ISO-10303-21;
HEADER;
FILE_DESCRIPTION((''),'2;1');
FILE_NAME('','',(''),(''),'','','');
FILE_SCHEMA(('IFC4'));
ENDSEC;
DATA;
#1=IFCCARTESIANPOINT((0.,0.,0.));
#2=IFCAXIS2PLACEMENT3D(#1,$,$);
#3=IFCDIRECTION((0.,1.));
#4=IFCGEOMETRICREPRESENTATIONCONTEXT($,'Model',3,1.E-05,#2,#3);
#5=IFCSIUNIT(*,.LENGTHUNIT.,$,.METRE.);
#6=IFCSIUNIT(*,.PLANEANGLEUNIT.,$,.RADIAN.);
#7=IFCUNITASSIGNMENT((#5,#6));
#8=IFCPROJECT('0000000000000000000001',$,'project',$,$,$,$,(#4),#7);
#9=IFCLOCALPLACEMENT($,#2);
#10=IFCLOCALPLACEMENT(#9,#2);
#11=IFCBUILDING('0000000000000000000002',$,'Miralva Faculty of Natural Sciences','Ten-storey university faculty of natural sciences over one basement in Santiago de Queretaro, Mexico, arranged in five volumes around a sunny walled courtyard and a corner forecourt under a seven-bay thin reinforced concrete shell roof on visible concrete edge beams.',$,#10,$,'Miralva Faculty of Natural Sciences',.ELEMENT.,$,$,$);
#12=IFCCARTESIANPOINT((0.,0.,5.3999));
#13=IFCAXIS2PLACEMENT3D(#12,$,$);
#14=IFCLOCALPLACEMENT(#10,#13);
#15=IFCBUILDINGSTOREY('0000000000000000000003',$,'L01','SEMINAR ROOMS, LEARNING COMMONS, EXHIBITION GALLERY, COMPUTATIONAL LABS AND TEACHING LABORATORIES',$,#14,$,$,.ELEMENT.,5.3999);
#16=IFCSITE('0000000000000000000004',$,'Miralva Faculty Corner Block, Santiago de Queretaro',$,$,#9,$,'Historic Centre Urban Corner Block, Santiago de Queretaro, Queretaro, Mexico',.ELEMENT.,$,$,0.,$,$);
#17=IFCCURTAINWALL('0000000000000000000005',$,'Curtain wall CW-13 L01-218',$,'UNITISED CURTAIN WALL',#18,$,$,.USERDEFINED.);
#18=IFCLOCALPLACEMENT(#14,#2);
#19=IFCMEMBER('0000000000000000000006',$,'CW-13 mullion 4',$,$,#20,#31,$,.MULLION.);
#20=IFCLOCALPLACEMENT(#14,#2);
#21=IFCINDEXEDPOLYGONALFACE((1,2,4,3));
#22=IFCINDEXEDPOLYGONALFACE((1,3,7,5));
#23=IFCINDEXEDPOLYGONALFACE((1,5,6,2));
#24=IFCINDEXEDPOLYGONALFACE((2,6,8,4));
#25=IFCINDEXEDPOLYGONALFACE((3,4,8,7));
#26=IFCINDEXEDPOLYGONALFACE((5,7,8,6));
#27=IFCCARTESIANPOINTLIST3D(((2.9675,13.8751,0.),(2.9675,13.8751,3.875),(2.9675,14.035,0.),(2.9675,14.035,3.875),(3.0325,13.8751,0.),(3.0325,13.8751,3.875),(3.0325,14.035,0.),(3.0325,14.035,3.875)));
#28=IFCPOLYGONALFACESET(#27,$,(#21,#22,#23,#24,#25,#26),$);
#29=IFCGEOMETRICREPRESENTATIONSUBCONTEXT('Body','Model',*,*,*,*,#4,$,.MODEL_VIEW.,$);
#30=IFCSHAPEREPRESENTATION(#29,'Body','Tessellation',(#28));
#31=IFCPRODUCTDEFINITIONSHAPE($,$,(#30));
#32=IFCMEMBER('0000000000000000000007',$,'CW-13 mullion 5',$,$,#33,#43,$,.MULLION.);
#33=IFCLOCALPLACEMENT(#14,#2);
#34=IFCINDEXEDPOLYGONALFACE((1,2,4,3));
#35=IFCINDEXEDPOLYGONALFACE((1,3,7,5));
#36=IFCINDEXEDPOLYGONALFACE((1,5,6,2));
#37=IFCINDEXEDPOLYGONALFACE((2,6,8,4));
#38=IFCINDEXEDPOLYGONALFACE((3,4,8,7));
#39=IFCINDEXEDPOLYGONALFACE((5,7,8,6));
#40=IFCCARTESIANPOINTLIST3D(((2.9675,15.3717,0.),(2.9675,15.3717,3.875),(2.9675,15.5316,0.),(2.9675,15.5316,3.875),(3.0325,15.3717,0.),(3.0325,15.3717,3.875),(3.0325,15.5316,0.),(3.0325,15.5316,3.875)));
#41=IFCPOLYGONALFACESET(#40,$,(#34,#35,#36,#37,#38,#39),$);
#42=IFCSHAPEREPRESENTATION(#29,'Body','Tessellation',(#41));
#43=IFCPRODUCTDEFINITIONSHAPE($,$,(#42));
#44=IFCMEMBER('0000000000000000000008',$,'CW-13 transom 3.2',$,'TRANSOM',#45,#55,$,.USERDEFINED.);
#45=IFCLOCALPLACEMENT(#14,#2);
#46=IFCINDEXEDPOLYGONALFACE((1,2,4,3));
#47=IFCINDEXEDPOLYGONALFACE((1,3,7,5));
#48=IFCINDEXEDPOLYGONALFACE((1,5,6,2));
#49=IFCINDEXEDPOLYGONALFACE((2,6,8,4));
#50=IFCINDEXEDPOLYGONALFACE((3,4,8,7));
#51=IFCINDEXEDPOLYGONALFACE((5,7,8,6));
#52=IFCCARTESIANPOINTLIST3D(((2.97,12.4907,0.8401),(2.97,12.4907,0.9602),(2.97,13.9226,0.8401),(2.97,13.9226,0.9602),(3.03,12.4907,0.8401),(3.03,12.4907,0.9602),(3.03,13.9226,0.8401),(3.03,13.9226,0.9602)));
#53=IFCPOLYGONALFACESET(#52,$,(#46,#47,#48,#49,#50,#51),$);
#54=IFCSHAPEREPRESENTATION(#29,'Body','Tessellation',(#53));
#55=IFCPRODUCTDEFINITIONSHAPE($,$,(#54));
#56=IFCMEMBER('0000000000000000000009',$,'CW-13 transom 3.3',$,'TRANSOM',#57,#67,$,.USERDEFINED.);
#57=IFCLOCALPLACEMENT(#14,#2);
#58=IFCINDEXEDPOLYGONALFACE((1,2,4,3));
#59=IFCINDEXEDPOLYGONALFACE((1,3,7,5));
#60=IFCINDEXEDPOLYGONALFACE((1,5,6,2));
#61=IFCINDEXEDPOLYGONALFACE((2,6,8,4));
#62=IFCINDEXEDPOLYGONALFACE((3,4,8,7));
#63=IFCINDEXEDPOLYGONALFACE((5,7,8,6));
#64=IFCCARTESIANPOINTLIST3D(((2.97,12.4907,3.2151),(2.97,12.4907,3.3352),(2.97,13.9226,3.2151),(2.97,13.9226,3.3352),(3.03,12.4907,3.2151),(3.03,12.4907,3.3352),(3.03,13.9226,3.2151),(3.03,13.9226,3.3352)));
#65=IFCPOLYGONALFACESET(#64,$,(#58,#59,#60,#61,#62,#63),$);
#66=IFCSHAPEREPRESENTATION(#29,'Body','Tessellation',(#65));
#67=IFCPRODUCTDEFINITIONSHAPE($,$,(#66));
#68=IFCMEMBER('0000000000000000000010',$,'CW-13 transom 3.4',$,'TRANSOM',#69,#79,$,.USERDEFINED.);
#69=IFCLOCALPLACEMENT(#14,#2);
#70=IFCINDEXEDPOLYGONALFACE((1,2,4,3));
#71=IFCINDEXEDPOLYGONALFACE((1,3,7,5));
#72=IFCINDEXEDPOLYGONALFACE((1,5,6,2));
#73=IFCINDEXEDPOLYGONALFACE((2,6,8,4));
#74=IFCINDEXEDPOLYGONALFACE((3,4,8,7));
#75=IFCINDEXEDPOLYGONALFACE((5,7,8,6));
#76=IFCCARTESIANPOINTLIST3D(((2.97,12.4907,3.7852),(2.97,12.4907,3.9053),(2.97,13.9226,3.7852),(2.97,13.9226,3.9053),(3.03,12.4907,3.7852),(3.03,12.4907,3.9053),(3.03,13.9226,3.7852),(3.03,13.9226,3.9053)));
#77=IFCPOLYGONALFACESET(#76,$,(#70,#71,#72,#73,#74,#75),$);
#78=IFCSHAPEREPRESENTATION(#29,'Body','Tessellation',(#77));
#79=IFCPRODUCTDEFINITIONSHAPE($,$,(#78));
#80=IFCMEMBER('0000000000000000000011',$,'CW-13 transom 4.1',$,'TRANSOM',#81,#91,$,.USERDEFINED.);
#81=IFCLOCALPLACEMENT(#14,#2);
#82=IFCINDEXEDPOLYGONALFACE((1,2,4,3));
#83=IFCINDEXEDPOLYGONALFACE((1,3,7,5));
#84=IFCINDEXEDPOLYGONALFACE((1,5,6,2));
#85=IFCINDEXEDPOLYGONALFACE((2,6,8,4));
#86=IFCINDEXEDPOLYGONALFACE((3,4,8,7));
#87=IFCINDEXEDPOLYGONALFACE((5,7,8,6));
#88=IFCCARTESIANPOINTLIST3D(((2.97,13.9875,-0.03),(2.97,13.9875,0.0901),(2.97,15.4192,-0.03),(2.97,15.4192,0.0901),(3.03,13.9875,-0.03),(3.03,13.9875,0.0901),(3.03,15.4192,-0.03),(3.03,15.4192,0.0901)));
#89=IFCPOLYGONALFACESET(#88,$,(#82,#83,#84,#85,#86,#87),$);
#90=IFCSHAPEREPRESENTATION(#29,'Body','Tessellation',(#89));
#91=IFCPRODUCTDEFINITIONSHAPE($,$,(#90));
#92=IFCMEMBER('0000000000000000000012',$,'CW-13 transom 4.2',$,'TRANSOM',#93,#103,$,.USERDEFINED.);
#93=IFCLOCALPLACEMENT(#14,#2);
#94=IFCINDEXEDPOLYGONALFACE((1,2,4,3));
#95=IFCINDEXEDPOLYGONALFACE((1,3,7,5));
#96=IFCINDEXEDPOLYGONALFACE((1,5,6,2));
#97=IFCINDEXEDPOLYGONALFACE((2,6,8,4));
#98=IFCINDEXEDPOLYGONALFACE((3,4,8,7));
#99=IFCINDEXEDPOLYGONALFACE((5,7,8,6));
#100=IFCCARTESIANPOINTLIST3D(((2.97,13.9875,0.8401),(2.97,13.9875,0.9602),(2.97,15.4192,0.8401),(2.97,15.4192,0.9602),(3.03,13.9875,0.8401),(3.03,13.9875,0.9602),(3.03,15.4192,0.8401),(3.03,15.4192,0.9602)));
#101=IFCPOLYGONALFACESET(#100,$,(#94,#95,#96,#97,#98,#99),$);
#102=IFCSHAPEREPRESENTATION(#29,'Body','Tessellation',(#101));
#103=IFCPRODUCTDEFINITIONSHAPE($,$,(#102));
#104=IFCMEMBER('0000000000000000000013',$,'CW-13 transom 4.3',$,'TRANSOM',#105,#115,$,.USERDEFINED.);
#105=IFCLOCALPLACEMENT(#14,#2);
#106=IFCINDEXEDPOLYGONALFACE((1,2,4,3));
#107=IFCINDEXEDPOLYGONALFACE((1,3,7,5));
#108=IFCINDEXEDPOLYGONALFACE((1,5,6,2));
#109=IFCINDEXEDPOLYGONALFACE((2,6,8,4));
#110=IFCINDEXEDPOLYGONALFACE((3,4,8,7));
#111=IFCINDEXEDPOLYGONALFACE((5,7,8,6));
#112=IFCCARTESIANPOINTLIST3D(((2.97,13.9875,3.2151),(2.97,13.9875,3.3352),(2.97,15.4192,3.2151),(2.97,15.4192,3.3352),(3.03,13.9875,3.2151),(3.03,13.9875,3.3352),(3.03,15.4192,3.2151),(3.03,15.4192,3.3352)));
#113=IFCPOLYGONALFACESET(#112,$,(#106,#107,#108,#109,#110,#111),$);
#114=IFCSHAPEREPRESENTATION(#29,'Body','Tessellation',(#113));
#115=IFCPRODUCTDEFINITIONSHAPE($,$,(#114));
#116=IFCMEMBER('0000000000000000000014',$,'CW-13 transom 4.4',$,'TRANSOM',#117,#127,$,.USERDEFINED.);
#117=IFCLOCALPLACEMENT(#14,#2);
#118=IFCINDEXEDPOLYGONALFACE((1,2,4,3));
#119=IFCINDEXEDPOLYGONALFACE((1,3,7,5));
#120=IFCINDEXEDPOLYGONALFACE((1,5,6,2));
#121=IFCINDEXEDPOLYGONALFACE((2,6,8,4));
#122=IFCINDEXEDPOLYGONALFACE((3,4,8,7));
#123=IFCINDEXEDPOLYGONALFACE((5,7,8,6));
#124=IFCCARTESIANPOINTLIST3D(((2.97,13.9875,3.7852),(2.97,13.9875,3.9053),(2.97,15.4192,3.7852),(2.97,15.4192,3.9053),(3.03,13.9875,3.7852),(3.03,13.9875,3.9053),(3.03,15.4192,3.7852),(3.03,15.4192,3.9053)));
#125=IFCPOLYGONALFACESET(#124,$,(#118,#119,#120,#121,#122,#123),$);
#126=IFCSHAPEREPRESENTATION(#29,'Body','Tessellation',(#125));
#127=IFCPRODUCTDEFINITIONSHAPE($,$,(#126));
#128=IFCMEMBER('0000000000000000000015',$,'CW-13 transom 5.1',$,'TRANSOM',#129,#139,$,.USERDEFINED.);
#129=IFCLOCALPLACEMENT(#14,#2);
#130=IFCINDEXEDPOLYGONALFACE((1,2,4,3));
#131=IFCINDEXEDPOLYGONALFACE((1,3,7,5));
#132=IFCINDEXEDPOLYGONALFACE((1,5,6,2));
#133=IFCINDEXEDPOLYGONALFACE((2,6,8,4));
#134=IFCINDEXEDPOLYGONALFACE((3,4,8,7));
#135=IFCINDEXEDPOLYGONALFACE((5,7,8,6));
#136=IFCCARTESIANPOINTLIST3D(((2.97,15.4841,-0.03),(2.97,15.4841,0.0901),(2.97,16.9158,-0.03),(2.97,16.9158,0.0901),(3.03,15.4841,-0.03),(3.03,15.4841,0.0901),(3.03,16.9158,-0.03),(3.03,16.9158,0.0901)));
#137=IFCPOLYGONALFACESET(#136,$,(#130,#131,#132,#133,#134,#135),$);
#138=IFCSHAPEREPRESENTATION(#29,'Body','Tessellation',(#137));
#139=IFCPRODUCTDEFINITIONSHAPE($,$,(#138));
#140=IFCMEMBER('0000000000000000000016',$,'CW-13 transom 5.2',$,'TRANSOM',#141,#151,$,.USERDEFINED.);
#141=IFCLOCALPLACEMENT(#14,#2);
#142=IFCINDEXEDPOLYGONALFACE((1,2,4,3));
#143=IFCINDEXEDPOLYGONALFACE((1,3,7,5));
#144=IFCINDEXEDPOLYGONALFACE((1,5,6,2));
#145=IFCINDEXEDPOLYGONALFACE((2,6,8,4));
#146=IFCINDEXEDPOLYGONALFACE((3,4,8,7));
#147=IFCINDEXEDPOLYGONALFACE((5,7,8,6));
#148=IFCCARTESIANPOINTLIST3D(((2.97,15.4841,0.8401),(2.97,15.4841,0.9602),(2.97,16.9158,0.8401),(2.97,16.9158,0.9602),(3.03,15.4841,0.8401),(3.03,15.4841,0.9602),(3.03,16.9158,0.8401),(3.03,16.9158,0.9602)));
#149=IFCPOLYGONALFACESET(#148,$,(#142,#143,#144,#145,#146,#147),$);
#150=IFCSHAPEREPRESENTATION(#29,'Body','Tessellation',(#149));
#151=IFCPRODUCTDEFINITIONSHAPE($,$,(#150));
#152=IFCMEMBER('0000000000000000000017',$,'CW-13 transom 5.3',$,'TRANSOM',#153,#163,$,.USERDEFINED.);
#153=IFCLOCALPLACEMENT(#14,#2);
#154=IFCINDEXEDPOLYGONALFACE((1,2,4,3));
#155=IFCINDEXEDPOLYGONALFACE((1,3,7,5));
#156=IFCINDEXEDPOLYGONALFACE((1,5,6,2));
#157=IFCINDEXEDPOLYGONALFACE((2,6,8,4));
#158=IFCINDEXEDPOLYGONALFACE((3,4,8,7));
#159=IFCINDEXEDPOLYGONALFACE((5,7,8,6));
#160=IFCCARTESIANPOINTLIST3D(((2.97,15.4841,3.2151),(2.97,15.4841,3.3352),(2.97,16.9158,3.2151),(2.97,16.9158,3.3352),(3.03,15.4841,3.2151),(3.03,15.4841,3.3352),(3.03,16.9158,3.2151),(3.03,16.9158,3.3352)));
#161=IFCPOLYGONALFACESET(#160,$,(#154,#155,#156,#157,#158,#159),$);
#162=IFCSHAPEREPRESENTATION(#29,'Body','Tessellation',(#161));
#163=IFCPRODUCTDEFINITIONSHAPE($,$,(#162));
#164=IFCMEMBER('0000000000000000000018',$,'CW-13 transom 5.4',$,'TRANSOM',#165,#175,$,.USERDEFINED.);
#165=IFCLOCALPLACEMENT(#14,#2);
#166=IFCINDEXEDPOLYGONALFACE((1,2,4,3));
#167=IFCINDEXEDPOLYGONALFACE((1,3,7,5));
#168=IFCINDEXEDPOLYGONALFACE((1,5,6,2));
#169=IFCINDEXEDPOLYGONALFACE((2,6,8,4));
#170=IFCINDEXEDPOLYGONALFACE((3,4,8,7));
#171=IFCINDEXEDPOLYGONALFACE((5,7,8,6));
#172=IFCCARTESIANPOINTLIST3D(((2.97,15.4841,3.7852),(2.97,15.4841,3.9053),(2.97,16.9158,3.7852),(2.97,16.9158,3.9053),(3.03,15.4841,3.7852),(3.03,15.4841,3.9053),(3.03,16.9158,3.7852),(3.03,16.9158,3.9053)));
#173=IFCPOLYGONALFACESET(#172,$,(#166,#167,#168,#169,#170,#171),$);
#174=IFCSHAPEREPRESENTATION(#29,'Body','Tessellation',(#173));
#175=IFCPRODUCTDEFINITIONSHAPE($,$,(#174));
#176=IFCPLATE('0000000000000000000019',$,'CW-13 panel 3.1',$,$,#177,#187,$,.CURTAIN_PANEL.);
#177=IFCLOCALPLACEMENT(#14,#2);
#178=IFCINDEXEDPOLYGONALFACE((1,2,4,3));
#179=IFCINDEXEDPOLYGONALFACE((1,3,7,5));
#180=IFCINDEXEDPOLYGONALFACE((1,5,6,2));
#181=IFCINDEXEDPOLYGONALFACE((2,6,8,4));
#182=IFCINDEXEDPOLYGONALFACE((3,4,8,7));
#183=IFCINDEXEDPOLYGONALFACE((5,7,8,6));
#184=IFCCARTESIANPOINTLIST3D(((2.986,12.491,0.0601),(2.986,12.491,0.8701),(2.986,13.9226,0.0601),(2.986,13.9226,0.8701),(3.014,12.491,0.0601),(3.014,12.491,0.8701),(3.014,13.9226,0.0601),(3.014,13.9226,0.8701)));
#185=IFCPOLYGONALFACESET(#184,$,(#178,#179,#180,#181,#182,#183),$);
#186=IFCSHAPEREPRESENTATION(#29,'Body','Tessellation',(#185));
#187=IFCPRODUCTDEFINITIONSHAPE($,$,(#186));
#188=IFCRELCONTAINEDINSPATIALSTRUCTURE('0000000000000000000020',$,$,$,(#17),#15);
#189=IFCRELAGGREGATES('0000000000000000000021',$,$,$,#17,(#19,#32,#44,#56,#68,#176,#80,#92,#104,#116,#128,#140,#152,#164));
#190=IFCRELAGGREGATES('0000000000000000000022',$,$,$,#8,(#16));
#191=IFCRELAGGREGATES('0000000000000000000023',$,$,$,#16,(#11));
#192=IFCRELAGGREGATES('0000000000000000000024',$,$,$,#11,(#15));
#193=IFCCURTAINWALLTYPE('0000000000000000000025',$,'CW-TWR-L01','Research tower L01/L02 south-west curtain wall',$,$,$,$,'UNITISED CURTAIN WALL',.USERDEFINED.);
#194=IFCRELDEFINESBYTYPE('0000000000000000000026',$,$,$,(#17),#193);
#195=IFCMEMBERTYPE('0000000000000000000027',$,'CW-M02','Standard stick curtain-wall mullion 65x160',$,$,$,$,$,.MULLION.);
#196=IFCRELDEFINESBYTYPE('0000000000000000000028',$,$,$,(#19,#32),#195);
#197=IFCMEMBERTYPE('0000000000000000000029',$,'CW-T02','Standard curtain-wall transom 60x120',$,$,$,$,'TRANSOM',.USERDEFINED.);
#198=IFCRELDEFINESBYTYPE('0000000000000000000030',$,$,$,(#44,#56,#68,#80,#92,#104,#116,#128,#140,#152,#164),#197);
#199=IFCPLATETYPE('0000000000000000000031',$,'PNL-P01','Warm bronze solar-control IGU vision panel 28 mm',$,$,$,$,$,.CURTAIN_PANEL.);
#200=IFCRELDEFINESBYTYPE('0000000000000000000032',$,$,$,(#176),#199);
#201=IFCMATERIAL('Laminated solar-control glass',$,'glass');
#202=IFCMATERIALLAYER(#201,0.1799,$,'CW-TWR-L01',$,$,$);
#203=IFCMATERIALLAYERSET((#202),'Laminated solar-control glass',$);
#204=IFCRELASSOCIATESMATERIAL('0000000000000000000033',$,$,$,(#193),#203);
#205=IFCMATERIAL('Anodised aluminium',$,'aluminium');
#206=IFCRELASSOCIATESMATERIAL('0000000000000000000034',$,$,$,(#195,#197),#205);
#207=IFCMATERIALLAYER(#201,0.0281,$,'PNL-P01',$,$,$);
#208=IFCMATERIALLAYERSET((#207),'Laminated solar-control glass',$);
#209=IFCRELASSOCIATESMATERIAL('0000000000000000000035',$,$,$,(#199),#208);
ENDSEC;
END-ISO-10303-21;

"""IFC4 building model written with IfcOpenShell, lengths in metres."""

from ifc_helpers import new_model, si_unit, direction, frame, origin, origin_2d, place, context, subcontext, project, spatial, rectangle, extrude, material, layer, layer_set, material_profile, profile_set, type_object, element, aggregate, save


model = new_model("IFC4")

# Units and contexts
model_context = context("Model", 3, precision=1e-05, world=origin(), true_north=direction((0.0, 1.0)))
body_context = subcontext(model_context, "Body", "Model", "MODEL_VIEW")
ifc_project = project(units=[si_unit("LENGTHUNIT", "METRE"), si_unit("PLANEANGLEUNIT", "RADIAN")], contexts=[model_context])

# Site, building, storey
site_placement = place(None, origin())
site = spatial("IfcSite", under=ifc_project, at=site_placement, Name="Miralva Faculty Corner Block, Santiago de Queretaro", LongName="Historic Centre Urban Corner Block, Santiago de Queretaro, Queretaro, Mexico", CompositionType="ELEMENT", RefElevation=0.0)
building_placement = place(site_placement, origin())
building = spatial("IfcBuilding", under=site, at=building_placement, Name="Miralva Faculty of Natural Sciences", Description="Ten-storey university faculty of natural sciences over one basement in Santiago de Queretaro, Mexico, arranged in five volumes around a sunny walled courtyard and a corner forecourt under a seven-bay thin reinforced concrete shell roof on visible concrete edge beams.", LongName="Miralva Faculty of Natural Sciences", CompositionType="ELEMENT")
storey_placement = place(building_placement, frame((0.0, 0.0, 5.3999)))
storey = spatial("IfcBuildingStorey", under=building, at=storey_placement, Name="L01", Description="SEMINAR ROOMS, LEARNING COMMONS, EXHIBITION GALLERY, COMPUTATIONAL LABS AND TEACHING LABORATORIES", CompositionType="ELEMENT", Elevation=5.3999)

# Curtain wall, members, plate
ifc_material_1 = material(Name="Laminated solar-control glass", Category="glass")
ifc_layer_1 = layer(ifc_material_1, 0.1799, Name="CW-TWR-L01")
ifc_layer_set_1 = layer_set([ifc_layer_1], Name="Laminated solar-control glass")
curtain_wall_type = type_object("IfcCurtainWallType", Name="CW-TWR-L01", Description="Research tower L01/L02 south-west curtain wall", ElementType="UNITISED CURTAIN WALL", PredefinedType="USERDEFINED", material=ifc_layer_set_1)
curtain_wall_placement = place(storey_placement, origin())
curtain_wall = element("IfcCurtainWall", 1, at=curtain_wall_placement, inside=storey, type_object=curtain_wall_type, Name="Curtain wall CW-13 L01-218", ObjectType="UNITISED CURTAIN WALL", PredefinedType="USERDEFINED")
ifc_material_2 = material(Name="Anodised aluminium", Category="aluminium")
ifc_material_profile_1 = material_profile(ifc_material_2, rectangle(XDim=0.0649, YDim=0.1599, at=origin_2d()), Name="MULLION 65x160")
ifc_profile_set_1 = profile_set([ifc_material_profile_1], Name="Anodised aluminium")
member_type_1 = type_object("IfcMemberType", Name="CW-M02", Description="Standard stick curtain-wall mullion 65x160", PredefinedType="MULLION", material=ifc_profile_set_1)
member_1_placement = place(storey_placement, frame((3.0, 13.9551, 0.0), z_axis=(0.0, 0.0, 1.0), x_axis=(-1.0, 0.0, 0.0)))
member_1 = element("IfcMember", 2, at=member_1_placement, type_object=member_type_1, Name="CW-13 mullion 4", PredefinedType="MULLION", context=body_context, shape_type="SweptSolid", body=[
    extrude(rectangle(XDim=0.0649, YDim=0.1599, at=origin_2d()), origin(), (0.0, 0.0, 1.0), 3.875),
])
member_2_placement = place(storey_placement, frame((3.0, 15.4517, 0.0), z_axis=(0.0, 0.0, 1.0), x_axis=(-1.0, 0.0, 0.0)))
member_2 = element("IfcMember", 3, at=member_2_placement, type_object=member_type_1, Name="CW-13 mullion 5", PredefinedType="MULLION", context=body_context, shape_type="SweptSolid", body=[
    extrude(rectangle(XDim=0.0649, YDim=0.1599, at=origin_2d()), origin(), (0.0, 0.0, 1.0), 3.875),
])
ifc_material_profile_2 = material_profile(ifc_material_2, rectangle(XDim=0.0601, YDim=0.1201, at=origin_2d()), Name="TRANSOM 60x120")
ifc_profile_set_2 = profile_set([ifc_material_profile_2], Name="Anodised aluminium")
member_type_2 = type_object("IfcMemberType", Name="CW-T02", Description="Standard curtain-wall transom 60x120", ElementType="TRANSOM", PredefinedType="USERDEFINED", material=ifc_profile_set_2)
member_3_placement = place(storey_placement, frame((3.0, 12.4907, 0.9001), z_axis=(0.0, 1.0, 0.0), x_axis=(-1.0, 0.0, 0.0)))
member_3 = element("IfcMember", 4, at=member_3_placement, type_object=member_type_2, Name="CW-13 transom 3.2", ObjectType="TRANSOM", PredefinedType="USERDEFINED", context=body_context, shape_type="SweptSolid", body=[
    extrude(rectangle(XDim=0.0601, YDim=0.1201, at=origin_2d()), origin(), (0.0, 0.0, 1.0), 1.4319),
])
member_4_placement = place(storey_placement, frame((3.0, 12.4907, 3.2751), z_axis=(0.0, 1.0, 0.0), x_axis=(-1.0, 0.0, 0.0)))
member_4 = element("IfcMember", 5, at=member_4_placement, type_object=member_type_2, Name="CW-13 transom 3.3", ObjectType="TRANSOM", PredefinedType="USERDEFINED", context=body_context, shape_type="SweptSolid", body=[
    extrude(rectangle(XDim=0.0601, YDim=0.1201, at=origin_2d()), origin(), (0.0, 0.0, 1.0), 1.4319),
])
member_5_placement = place(storey_placement, frame((3.0, 12.4907, 3.8452), z_axis=(0.0, 1.0, 0.0), x_axis=(-1.0, 0.0, 0.0)))
member_5 = element("IfcMember", 6, at=member_5_placement, type_object=member_type_2, Name="CW-13 transom 3.4", ObjectType="TRANSOM", PredefinedType="USERDEFINED", context=body_context, shape_type="SweptSolid", body=[
    extrude(rectangle(XDim=0.0601, YDim=0.1201, at=origin_2d()), origin(), (0.0, 0.0, 1.0), 1.4319),
])
member_6_placement = place(storey_placement, frame((3.0, 13.9875, 0.03), z_axis=(0.0, 1.0, 0.0), x_axis=(-1.0, 0.0, 0.0)))
member_6 = element("IfcMember", 7, at=member_6_placement, type_object=member_type_2, Name="CW-13 transom 4.1", ObjectType="TRANSOM", PredefinedType="USERDEFINED", context=body_context, shape_type="SweptSolid", body=[
    extrude(rectangle(XDim=0.0601, YDim=0.1201, at=origin_2d()), origin(), (0.0, 0.0, 1.0), 1.4316),
])
member_7_placement = place(storey_placement, frame((3.0, 13.9875, 0.9001), z_axis=(0.0, 1.0, 0.0), x_axis=(-1.0, 0.0, 0.0)))
member_7 = element("IfcMember", 8, at=member_7_placement, type_object=member_type_2, Name="CW-13 transom 4.2", ObjectType="TRANSOM", PredefinedType="USERDEFINED", context=body_context, shape_type="SweptSolid", body=[
    extrude(rectangle(XDim=0.0601, YDim=0.1201, at=origin_2d()), origin(), (0.0, 0.0, 1.0), 1.4316),
])
member_8_placement = place(storey_placement, frame((3.0, 13.9875, 3.2751), z_axis=(0.0, 1.0, 0.0), x_axis=(-1.0, 0.0, 0.0)))
member_8 = element("IfcMember", 9, at=member_8_placement, type_object=member_type_2, Name="CW-13 transom 4.3", ObjectType="TRANSOM", PredefinedType="USERDEFINED", context=body_context, shape_type="SweptSolid", body=[
    extrude(rectangle(XDim=0.0601, YDim=0.1201, at=origin_2d()), origin(), (0.0, 0.0, 1.0), 1.4316),
])
member_9_placement = place(storey_placement, frame((3.0, 13.9875, 3.8452), z_axis=(0.0, 1.0, 0.0), x_axis=(-1.0, 0.0, 0.0)))
member_9 = element("IfcMember", 10, at=member_9_placement, type_object=member_type_2, Name="CW-13 transom 4.4", ObjectType="TRANSOM", PredefinedType="USERDEFINED", context=body_context, shape_type="SweptSolid", body=[
    extrude(rectangle(XDim=0.0601, YDim=0.1201, at=origin_2d()), origin(), (0.0, 0.0, 1.0), 1.4316),
])
member_10_placement = place(storey_placement, frame((3.0, 15.4841, 0.03), z_axis=(0.0, 1.0, 0.0), x_axis=(-1.0, 0.0, 0.0)))
member_10 = element("IfcMember", 11, at=member_10_placement, type_object=member_type_2, Name="CW-13 transom 5.1", ObjectType="TRANSOM", PredefinedType="USERDEFINED", context=body_context, shape_type="SweptSolid", body=[
    extrude(rectangle(XDim=0.0601, YDim=0.1201, at=origin_2d()), origin(), (0.0, 0.0, 1.0), 1.4316),
])
member_11_placement = place(storey_placement, frame((3.0, 15.4841, 0.9001), z_axis=(0.0, 1.0, 0.0), x_axis=(-1.0, 0.0, 0.0)))
member_11 = element("IfcMember", 12, at=member_11_placement, type_object=member_type_2, Name="CW-13 transom 5.2", ObjectType="TRANSOM", PredefinedType="USERDEFINED", context=body_context, shape_type="SweptSolid", body=[
    extrude(rectangle(XDim=0.0601, YDim=0.1201, at=origin_2d()), origin(), (0.0, 0.0, 1.0), 1.4316),
])
member_12_placement = place(storey_placement, frame((3.0, 15.4841, 3.2751), z_axis=(0.0, 1.0, 0.0), x_axis=(-1.0, 0.0, 0.0)))
member_12 = element("IfcMember", 13, at=member_12_placement, type_object=member_type_2, Name="CW-13 transom 5.3", ObjectType="TRANSOM", PredefinedType="USERDEFINED", context=body_context, shape_type="SweptSolid", body=[
    extrude(rectangle(XDim=0.0601, YDim=0.1201, at=origin_2d()), origin(), (0.0, 0.0, 1.0), 1.4316),
])
member_13_placement = place(storey_placement, frame((3.0, 15.4841, 3.8452), z_axis=(0.0, 1.0, 0.0), x_axis=(-1.0, 0.0, 0.0)))
member_13 = element("IfcMember", 14, at=member_13_placement, type_object=member_type_2, Name="CW-13 transom 5.4", ObjectType="TRANSOM", PredefinedType="USERDEFINED", context=body_context, shape_type="SweptSolid", body=[
    extrude(rectangle(XDim=0.0601, YDim=0.1201, at=origin_2d()), origin(), (0.0, 0.0, 1.0), 1.4316),
])
ifc_layer_2 = layer(ifc_material_1, 0.0281, Name="PNL-P01")
ifc_layer_set_2 = layer_set([ifc_layer_2], Name="Laminated solar-control glass")
plate_type = type_object("IfcPlateType", Name="PNL-P01", Description="Warm bronze solar-control IGU vision panel 28 mm", PredefinedType="CURTAIN_PANEL", material=ifc_layer_set_2)
plate_1_placement = place(storey_placement, frame((3.0, 13.2068, 0.0601), z_axis=(0.0, 0.0, 1.0), x_axis=(0.0, 1.0, 0.0)))
plate_1 = element("IfcPlate", 15, at=plate_1_placement, type_object=plate_type, Name="CW-13 panel 3.1", PredefinedType="CURTAIN_PANEL", context=body_context, shape_type="SweptSolid", body=[
    extrude(rectangle(XDim=1.4316, YDim=0.0281, at=origin_2d()), origin(), (0.0, 0.0, 1.0), 0.8101),
])
aggregate(curtain_wall, [member_1, member_2, member_3, member_4, member_5, plate_1, member_6, member_7, member_8, member_9, member_10, member_11, member_12, member_13])

save(model, "model.ifc")
